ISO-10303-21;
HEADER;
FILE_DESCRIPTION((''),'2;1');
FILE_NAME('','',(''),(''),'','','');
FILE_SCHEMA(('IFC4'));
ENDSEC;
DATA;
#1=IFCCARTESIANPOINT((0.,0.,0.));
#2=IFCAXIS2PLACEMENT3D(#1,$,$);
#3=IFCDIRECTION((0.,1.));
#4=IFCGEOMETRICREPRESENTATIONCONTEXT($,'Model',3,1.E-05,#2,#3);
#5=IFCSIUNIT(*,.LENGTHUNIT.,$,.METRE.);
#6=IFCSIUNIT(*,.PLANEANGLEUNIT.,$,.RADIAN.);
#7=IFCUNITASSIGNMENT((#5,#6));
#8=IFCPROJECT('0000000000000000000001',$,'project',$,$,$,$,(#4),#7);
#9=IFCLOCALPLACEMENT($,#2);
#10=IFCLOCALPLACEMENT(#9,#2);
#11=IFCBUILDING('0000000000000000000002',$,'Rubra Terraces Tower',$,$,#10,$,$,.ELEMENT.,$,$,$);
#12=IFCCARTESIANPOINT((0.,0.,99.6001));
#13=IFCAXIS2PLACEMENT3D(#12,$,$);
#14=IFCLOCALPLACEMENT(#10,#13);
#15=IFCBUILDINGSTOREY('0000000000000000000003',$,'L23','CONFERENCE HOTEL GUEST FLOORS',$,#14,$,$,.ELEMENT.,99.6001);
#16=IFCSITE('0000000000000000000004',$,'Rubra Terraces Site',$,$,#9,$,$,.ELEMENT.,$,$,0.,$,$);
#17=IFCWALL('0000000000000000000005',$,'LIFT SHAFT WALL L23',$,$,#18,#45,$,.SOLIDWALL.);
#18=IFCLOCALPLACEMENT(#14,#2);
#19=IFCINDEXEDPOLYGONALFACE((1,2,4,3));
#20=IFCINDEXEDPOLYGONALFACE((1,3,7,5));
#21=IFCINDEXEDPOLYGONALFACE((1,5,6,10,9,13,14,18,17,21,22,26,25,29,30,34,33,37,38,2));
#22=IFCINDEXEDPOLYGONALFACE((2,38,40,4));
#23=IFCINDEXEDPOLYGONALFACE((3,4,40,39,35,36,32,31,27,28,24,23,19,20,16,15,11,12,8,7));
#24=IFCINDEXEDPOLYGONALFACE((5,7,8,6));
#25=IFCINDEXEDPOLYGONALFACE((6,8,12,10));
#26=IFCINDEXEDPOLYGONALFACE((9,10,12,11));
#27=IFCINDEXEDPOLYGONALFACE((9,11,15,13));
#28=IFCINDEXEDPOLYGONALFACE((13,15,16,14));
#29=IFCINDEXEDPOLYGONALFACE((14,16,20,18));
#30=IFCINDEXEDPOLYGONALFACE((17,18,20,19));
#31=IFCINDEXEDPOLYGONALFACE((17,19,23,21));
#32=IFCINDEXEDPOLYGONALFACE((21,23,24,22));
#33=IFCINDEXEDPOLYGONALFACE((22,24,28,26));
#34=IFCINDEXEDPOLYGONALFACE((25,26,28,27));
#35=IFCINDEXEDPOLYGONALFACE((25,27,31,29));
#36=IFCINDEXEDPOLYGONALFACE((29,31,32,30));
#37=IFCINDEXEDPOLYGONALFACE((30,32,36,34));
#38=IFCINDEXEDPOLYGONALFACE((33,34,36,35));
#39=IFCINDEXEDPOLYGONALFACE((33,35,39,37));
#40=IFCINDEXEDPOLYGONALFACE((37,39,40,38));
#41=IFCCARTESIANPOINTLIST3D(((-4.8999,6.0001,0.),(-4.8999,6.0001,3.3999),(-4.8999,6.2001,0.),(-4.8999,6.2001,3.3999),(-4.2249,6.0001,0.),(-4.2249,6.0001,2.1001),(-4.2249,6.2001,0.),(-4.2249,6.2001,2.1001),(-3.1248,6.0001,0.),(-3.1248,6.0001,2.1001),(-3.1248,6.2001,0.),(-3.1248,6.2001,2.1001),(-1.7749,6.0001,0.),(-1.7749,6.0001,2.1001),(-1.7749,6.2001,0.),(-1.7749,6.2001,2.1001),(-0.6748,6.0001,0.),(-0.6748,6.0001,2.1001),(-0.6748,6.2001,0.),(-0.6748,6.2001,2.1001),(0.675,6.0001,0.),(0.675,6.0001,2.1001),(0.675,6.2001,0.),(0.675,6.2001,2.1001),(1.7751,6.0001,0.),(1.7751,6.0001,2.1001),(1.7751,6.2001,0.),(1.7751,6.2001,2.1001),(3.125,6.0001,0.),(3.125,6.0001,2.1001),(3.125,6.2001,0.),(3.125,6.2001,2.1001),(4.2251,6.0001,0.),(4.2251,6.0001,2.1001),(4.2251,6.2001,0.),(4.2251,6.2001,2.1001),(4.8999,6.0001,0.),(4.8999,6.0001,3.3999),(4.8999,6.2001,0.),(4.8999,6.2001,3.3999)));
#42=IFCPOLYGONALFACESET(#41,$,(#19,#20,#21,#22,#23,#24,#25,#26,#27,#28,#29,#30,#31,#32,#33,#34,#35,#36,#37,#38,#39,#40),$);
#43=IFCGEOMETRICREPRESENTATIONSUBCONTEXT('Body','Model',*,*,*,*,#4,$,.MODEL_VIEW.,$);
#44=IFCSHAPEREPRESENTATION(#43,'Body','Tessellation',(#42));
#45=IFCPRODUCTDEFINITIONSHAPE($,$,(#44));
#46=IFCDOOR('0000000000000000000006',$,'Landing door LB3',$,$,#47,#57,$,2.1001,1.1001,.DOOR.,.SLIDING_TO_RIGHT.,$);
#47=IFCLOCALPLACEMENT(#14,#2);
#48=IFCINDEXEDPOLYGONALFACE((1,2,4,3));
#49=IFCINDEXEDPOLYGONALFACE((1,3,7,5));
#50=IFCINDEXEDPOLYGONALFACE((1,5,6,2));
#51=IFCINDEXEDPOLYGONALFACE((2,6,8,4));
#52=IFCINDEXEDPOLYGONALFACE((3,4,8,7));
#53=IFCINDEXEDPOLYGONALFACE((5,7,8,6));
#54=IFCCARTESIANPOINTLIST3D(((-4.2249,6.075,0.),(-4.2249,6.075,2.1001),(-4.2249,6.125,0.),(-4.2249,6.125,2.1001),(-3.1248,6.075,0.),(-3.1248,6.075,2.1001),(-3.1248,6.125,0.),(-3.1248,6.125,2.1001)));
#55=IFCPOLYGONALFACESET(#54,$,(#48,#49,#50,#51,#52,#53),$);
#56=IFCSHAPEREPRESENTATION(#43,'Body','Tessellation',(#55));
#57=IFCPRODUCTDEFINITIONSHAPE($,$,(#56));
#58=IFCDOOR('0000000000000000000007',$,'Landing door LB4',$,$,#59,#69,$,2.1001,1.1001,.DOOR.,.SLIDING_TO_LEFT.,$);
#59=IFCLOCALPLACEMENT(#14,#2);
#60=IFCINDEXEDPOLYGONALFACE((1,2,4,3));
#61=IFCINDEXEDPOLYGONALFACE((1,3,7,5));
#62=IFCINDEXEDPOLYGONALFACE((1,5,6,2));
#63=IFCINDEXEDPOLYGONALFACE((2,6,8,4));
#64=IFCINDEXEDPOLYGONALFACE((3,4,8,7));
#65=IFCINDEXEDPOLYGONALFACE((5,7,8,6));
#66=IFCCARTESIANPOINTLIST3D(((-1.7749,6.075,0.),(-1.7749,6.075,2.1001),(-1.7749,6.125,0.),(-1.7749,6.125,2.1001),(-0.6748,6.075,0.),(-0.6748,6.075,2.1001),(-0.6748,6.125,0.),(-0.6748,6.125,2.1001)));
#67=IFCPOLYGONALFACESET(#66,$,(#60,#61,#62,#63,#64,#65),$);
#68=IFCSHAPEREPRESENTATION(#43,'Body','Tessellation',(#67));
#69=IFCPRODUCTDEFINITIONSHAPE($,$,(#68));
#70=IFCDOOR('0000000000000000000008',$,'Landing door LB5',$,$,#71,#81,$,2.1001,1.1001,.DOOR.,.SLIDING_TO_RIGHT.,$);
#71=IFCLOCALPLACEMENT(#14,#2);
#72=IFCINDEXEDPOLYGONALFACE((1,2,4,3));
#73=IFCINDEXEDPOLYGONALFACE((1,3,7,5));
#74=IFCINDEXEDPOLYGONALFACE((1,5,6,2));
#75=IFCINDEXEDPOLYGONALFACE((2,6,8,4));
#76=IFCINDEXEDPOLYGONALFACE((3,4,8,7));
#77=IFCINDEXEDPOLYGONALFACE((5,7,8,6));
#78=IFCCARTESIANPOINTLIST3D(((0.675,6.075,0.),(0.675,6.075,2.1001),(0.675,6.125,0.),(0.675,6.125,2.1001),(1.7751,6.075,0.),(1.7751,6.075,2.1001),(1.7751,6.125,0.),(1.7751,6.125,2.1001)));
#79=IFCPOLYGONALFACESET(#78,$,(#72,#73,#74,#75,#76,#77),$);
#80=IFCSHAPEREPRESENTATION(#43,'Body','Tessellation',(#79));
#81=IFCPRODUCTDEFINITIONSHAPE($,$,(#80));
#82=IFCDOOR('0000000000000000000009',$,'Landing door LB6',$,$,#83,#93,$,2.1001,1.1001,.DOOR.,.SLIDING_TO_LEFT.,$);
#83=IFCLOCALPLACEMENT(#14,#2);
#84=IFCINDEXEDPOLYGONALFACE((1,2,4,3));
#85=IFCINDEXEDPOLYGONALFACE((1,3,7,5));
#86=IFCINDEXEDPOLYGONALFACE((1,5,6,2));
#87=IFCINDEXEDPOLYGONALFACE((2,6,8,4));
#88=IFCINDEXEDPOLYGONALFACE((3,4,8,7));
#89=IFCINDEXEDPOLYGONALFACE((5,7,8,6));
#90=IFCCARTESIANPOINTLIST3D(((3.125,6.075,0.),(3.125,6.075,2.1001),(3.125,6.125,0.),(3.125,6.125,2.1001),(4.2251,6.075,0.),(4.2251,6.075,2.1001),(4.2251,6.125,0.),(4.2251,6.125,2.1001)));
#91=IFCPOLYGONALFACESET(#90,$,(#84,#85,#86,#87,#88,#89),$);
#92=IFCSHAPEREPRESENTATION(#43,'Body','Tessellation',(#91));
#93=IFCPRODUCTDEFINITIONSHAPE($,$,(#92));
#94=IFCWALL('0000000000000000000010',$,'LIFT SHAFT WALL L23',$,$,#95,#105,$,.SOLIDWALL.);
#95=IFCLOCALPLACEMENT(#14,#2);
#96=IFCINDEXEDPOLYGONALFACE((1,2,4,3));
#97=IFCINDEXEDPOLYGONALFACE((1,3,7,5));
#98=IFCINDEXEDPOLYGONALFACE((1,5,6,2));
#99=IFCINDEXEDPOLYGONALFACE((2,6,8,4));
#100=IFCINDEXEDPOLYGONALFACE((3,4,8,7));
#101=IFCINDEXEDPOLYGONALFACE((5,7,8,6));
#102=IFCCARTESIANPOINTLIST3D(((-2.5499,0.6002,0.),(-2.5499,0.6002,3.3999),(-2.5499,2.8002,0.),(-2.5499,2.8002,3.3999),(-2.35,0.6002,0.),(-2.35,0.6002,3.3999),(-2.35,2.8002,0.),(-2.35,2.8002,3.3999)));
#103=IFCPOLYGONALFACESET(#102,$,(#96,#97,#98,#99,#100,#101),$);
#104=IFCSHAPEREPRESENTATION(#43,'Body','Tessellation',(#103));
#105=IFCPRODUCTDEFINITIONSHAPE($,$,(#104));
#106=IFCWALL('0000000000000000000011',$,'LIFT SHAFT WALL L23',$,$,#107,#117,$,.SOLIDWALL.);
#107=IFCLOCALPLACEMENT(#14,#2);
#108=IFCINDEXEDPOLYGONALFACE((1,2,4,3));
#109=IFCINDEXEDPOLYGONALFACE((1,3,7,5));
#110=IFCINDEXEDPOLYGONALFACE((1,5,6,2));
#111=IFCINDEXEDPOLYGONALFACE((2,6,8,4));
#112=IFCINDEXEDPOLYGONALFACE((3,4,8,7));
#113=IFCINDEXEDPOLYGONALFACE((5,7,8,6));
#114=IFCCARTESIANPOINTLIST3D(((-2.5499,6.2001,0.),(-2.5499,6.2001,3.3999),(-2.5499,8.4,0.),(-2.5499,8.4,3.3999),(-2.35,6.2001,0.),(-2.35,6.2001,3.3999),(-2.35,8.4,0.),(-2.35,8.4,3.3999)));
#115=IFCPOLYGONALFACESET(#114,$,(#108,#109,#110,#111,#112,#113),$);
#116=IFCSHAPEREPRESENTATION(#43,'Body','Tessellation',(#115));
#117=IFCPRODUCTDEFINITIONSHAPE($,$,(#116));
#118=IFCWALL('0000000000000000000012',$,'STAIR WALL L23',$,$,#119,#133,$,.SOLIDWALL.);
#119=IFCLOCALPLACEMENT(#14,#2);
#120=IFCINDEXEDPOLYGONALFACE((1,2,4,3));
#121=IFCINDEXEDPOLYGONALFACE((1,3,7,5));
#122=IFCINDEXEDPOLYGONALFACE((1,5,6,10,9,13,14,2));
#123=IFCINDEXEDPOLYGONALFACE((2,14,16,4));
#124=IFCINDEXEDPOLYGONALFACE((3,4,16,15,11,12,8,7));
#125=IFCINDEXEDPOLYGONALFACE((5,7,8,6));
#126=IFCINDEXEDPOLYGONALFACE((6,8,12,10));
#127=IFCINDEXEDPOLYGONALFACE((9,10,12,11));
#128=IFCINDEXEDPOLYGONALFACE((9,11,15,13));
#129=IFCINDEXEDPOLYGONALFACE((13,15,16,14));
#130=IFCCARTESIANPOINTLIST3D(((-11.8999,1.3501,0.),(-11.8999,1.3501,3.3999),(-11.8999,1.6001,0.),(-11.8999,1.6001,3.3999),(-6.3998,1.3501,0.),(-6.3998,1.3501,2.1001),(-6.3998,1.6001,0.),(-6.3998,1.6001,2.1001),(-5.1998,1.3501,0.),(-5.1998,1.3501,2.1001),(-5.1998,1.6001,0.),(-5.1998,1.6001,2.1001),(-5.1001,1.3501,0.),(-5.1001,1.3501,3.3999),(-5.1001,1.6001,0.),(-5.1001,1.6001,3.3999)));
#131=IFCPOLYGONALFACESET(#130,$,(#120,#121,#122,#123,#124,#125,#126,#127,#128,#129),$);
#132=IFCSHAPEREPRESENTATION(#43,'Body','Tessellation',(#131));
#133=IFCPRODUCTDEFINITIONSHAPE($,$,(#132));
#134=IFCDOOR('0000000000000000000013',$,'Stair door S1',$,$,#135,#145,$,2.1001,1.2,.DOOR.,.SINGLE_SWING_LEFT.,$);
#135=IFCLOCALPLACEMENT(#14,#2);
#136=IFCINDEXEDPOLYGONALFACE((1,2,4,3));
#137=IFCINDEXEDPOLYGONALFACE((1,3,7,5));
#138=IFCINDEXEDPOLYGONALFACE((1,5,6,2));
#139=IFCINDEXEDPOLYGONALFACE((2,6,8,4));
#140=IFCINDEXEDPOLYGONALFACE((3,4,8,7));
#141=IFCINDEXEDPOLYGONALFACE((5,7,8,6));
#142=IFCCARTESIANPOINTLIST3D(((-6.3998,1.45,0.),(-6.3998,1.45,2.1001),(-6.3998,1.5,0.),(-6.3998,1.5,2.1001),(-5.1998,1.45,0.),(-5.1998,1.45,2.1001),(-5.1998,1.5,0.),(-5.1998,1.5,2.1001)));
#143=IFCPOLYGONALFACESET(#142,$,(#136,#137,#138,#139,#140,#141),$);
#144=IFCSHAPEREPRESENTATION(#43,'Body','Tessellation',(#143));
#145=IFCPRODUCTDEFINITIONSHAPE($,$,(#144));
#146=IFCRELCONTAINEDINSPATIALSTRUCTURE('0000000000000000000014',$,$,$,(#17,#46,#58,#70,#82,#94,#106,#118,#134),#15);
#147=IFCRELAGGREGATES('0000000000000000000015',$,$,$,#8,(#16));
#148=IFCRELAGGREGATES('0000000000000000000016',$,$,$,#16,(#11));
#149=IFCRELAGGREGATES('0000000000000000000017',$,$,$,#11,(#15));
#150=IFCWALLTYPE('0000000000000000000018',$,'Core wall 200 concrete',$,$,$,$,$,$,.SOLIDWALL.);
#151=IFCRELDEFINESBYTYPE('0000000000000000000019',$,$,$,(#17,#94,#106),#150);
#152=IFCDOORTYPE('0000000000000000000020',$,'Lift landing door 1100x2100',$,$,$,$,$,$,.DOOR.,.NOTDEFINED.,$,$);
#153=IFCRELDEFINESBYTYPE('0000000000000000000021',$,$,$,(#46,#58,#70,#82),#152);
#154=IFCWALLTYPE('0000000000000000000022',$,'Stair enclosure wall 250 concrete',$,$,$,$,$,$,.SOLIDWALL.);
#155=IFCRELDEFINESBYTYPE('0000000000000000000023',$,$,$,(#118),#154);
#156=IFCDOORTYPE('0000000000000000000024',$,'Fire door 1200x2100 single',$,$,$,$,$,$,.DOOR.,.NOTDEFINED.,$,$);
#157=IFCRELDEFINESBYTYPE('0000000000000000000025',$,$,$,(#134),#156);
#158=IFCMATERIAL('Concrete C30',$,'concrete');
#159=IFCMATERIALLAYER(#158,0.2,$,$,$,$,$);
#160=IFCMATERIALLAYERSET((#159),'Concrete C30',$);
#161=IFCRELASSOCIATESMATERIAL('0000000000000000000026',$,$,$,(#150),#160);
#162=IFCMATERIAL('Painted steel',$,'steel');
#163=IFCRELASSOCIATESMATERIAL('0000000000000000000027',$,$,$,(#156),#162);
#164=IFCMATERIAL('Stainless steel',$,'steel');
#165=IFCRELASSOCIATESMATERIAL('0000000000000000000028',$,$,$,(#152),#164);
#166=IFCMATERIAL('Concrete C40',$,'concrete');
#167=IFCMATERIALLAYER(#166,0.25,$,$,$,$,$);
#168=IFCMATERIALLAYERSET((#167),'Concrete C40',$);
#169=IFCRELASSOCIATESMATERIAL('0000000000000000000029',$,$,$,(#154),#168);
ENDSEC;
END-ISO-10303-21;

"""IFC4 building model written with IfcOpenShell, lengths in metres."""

from ifc_helpers import new_model, si_unit, direction, frame, frame_2d, origin, place, context, subcontext, project, spatial, rectangle, extrude, material, layer, layer_set, type_object, element, fill, save


model = new_model("IFC4")

# Units and contexts
model_context = context("Model", 3, precision=1e-05, world=origin(), true_north=direction((0.0, 1.0)))
body_context = subcontext(model_context, "Body", "Model", "MODEL_VIEW")
ifc_project = project(units=[si_unit("LENGTHUNIT", "METRE"), si_unit("PLANEANGLEUNIT", "RADIAN")], contexts=[model_context])

# Site, building, storey
site_placement = place(None, origin())
site = spatial("IfcSite", under=ifc_project, at=site_placement, Name="Rubra Terraces Site", CompositionType="ELEMENT", RefElevation=0.0)
building_placement = place(site_placement, origin())
building = spatial("IfcBuilding", under=site, at=building_placement, Name="Rubra Terraces Tower", CompositionType="ELEMENT")
storey_placement = place(building_placement, frame((0.0, 0.0, 99.6001)))
storey = spatial("IfcBuildingStorey", under=building, at=storey_placement, Name="L23", Description="CONFERENCE HOTEL GUEST FLOORS", CompositionType="ELEMENT", Elevation=99.6001)

# Shared definitions
ifc_material_1 = material(Name="Concrete C40", Category="concrete")

# Shared definitions
ifc_material_2 = material(Name="Concrete C30", Category="concrete")
ifc_layer_1 = layer(ifc_material_2, 0.2)
ifc_layer_set_1 = layer_set([ifc_layer_1], Name="Concrete C30")
wall_type_1 = type_object("IfcWallType", Name="Core wall 200 concrete", PredefinedType="SOLIDWALL", material=ifc_layer_set_1)
ifc_material_3 = material(Name="Painted steel", Category="steel")
door_type_1 = type_object("IfcDoorType", Name="Fire door 1200x2100 single", OperationType="NOTDEFINED", PredefinedType="DOOR", material=ifc_material_3)
ifc_material_4 = material(Name="Stainless steel", Category="steel")

# Wall, openings, doors
door_type_2 = type_object("IfcDoorType", Name="Lift landing door 1100x2100", OperationType="NOTDEFINED", PredefinedType="DOOR", material=ifc_material_4)
wall_1_placement = place(storey_placement, frame((-4.8999, 6.1001, 0.0), z_axis=(0.0, 0.0, 1.0), x_axis=(1.0, 0.0, 0.0)))
wall_1 = element("IfcWall", 1, at=wall_1_placement, inside=storey, type_object=wall_type_1, Name="LIFT SHAFT WALL L23", PredefinedType="SOLIDWALL", context=body_context, shape_type="SweptSolid", body=[
    extrude(rectangle(XDim=9.7998, YDim=0.2, at=frame_2d((4.8999, 0.0))), origin(), (0.0, 0.0, 1.0), 3.3999),
])
opening_1_placement = place(wall_1_placement, frame((0.675, 0.0, 0.0)))
opening_1 = element("IfcOpeningElement", 2, at=opening_1_placement, cuts=wall_1, PredefinedType="OPENING", context=body_context, shape_type="SweptSolid", body=[
    extrude(rectangle(XDim=1.1001, YDim=2.1001, at=frame_2d((0.55, 1.05))), frame((0.0, 0.1099, 0.0), z_axis=(0.0, -1.0, 0.0), x_axis=(1.0, 0.0, 0.0)), (0.0, 0.0, 1.0), 0.22),
])
opening_2_placement = place(wall_1_placement, frame((3.125, 0.0, 0.0)))
opening_2 = element("IfcOpeningElement", 3, at=opening_2_placement, cuts=wall_1, PredefinedType="OPENING", context=body_context, shape_type="SweptSolid", body=[
    extrude(rectangle(XDim=1.1001, YDim=2.1001, at=frame_2d((0.55, 1.05))), frame((0.0, 0.1099, 0.0), z_axis=(0.0, -1.0, 0.0), x_axis=(1.0, 0.0, 0.0)), (0.0, 0.0, 1.0), 0.22),
])
opening_3_placement = place(wall_1_placement, frame((5.575, 0.0, 0.0)))
opening_3 = element("IfcOpeningElement", 4, at=opening_3_placement, cuts=wall_1, PredefinedType="OPENING", context=body_context, shape_type="SweptSolid", body=[
    extrude(rectangle(XDim=1.1001, YDim=2.1001, at=frame_2d((0.55, 1.05))), frame((0.0, 0.1099, 0.0), z_axis=(0.0, -1.0, 0.0), x_axis=(1.0, 0.0, 0.0)), (0.0, 0.0, 1.0), 0.22),
])
opening_4_placement = place(wall_1_placement, frame((8.0249, 0.0, 0.0)))
opening_4 = element("IfcOpeningElement", 5, at=opening_4_placement, cuts=wall_1, PredefinedType="OPENING", context=body_context, shape_type="SweptSolid", body=[
    extrude(rectangle(XDim=1.1001, YDim=2.1001, at=frame_2d((0.55, 1.05))), frame((0.0, 0.1099, 0.0), z_axis=(0.0, -1.0, 0.0), x_axis=(1.0, 0.0, 0.0)), (0.0, 0.0, 1.0), 0.22),
])
door_1_placement = place(opening_1_placement, origin())
door_1 = element("IfcDoor", 6, at=door_1_placement, inside=storey, type_object=door_type_2, Name="Landing door LB3", OperationType="SLIDING_TO_RIGHT", OverallHeight=2.1001, OverallWidth=1.1001, PredefinedType="DOOR", context=body_context, shape_type="SweptSolid", body=[
    extrude(rectangle(XDim=1.1001, YDim=2.1001, at=frame_2d((0.55, 1.05))), frame((0.0, 0.0249, 0.0), z_axis=(0.0, -1.0, 0.0), x_axis=(1.0, 0.0, 0.0)), (0.0, 0.0, 1.0), 0.05),
])
fill(opening_1, door_1)
door_2_placement = place(opening_2_placement, origin())
door_2 = element("IfcDoor", 7, at=door_2_placement, inside=storey, type_object=door_type_2, Name="Landing door LB4", OperationType="SLIDING_TO_LEFT", OverallHeight=2.1001, OverallWidth=1.1001, PredefinedType="DOOR", context=body_context, shape_type="SweptSolid", body=[
    extrude(rectangle(XDim=1.1001, YDim=2.1001, at=frame_2d((0.55, 1.05))), frame((0.0, 0.0249, 0.0), z_axis=(0.0, -1.0, 0.0), x_axis=(1.0, 0.0, 0.0)), (0.0, 0.0, 1.0), 0.05),
])
fill(opening_2, door_2)
door_3_placement = place(opening_3_placement, origin())
door_3 = element("IfcDoor", 8, at=door_3_placement, inside=storey, type_object=door_type_2, Name="Landing door LB5", OperationType="SLIDING_TO_RIGHT", OverallHeight=2.1001, OverallWidth=1.1001, PredefinedType="DOOR", context=body_context, shape_type="SweptSolid", body=[
    extrude(rectangle(XDim=1.1001, YDim=2.1001, at=frame_2d((0.55, 1.05))), frame((0.0, 0.0249, 0.0), z_axis=(0.0, -1.0, 0.0), x_axis=(1.0, 0.0, 0.0)), (0.0, 0.0, 1.0), 0.05),
])
fill(opening_3, door_3)
door_4_placement = place(opening_4_placement, origin())
door_4 = element("IfcDoor", 9, at=door_4_placement, inside=storey, type_object=door_type_2, Name="Landing door LB6", OperationType="SLIDING_TO_LEFT", OverallHeight=2.1001, OverallWidth=1.1001, PredefinedType="DOOR", context=body_context, shape_type="SweptSolid", body=[
    extrude(rectangle(XDim=1.1001, YDim=2.1001, at=frame_2d((0.55, 1.05))), frame((0.0, 0.0249, 0.0), z_axis=(0.0, -1.0, 0.0), x_axis=(1.0, 0.0, 0.0)), (0.0, 0.0, 1.0), 0.05),
])
fill(opening_4, door_4)

# Walls
for number, where, z_axis, x_axis, name in (
    (10, (-2.45, 0.6001, 0.0), (0.0, 0.0, 1.0), (0.0, 1.0, 0.0), "LIFT SHAFT WALL L23"),
    (11, (-2.45, 6.2, 0.0), (0.0, 0.0, 1.0), (0.0, 1.0, 0.0), "LIFT SHAFT WALL L23"),
):
    element("IfcWall", number, at=place(storey_placement, frame(where, z_axis=z_axis, x_axis=x_axis)), inside=storey, type_object=wall_type_1, Name=name, PredefinedType="SOLIDWALL", context=body_context, shape_type="SweptSolid", body=[
        extrude(rectangle(XDim=2.2, YDim=0.2, at=frame_2d((1.1001, 0.0))), origin(), (0.0, 0.0, 1.0), 3.3999),
    ])

# Wall, opening, door
ifc_layer_2 = layer(ifc_material_1, 0.25)
ifc_layer_set_2 = layer_set([ifc_layer_2], Name="Concrete C40")
wall_type_2 = type_object("IfcWallType", Name="Stair enclosure wall 250 concrete", PredefinedType="SOLIDWALL", material=ifc_layer_set_2)
wall_2_placement = place(storey_placement, frame((-11.8999, 1.4751, 0.0), z_axis=(0.0, 0.0, 1.0), x_axis=(1.0, 0.0, 0.0)))
wall_2 = element("IfcWall", 12, at=wall_2_placement, inside=storey, type_object=wall_type_2, Name="STAIR WALL L23", PredefinedType="SOLIDWALL", context=body_context, shape_type="SweptSolid", body=[
    extrude(rectangle(XDim=6.7998, YDim=0.25, at=frame_2d((3.3999, 0.0))), origin(), (0.0, 0.0, 1.0), 3.3999),
])
opening_5_placement = place(wall_2_placement, frame((5.5, 0.0, 0.0)))
opening_5 = element("IfcOpeningElement", 13, at=opening_5_placement, cuts=wall_2, PredefinedType="OPENING", context=body_context, shape_type="SweptSolid", body=[
    extrude(rectangle(XDim=1.2, YDim=2.1001, at=frame_2d((0.6001, 1.05))), frame((0.0, 0.135, 0.0), z_axis=(0.0, -1.0, 0.0), x_axis=(1.0, 0.0, 0.0)), (0.0, 0.0, 1.0), 0.27),
])
door_5_placement = place(opening_5_placement, origin())
door_5 = element("IfcDoor", 14, at=door_5_placement, inside=storey, type_object=door_type_1, Name="Stair door S1", OperationType="SINGLE_SWING_LEFT", OverallHeight=2.1001, OverallWidth=1.2, PredefinedType="DOOR", context=body_context, shape_type="SweptSolid", body=[
    extrude(rectangle(XDim=1.2, YDim=2.1001, at=frame_2d((0.6001, 1.05))), frame((0.0, 0.0249, 0.0), z_axis=(0.0, -1.0, 0.0), x_axis=(1.0, 0.0, 0.0)), (0.0, 0.0, 1.0), 0.05),
])
fill(opening_5, door_5)

save(model, "model.ifc")
